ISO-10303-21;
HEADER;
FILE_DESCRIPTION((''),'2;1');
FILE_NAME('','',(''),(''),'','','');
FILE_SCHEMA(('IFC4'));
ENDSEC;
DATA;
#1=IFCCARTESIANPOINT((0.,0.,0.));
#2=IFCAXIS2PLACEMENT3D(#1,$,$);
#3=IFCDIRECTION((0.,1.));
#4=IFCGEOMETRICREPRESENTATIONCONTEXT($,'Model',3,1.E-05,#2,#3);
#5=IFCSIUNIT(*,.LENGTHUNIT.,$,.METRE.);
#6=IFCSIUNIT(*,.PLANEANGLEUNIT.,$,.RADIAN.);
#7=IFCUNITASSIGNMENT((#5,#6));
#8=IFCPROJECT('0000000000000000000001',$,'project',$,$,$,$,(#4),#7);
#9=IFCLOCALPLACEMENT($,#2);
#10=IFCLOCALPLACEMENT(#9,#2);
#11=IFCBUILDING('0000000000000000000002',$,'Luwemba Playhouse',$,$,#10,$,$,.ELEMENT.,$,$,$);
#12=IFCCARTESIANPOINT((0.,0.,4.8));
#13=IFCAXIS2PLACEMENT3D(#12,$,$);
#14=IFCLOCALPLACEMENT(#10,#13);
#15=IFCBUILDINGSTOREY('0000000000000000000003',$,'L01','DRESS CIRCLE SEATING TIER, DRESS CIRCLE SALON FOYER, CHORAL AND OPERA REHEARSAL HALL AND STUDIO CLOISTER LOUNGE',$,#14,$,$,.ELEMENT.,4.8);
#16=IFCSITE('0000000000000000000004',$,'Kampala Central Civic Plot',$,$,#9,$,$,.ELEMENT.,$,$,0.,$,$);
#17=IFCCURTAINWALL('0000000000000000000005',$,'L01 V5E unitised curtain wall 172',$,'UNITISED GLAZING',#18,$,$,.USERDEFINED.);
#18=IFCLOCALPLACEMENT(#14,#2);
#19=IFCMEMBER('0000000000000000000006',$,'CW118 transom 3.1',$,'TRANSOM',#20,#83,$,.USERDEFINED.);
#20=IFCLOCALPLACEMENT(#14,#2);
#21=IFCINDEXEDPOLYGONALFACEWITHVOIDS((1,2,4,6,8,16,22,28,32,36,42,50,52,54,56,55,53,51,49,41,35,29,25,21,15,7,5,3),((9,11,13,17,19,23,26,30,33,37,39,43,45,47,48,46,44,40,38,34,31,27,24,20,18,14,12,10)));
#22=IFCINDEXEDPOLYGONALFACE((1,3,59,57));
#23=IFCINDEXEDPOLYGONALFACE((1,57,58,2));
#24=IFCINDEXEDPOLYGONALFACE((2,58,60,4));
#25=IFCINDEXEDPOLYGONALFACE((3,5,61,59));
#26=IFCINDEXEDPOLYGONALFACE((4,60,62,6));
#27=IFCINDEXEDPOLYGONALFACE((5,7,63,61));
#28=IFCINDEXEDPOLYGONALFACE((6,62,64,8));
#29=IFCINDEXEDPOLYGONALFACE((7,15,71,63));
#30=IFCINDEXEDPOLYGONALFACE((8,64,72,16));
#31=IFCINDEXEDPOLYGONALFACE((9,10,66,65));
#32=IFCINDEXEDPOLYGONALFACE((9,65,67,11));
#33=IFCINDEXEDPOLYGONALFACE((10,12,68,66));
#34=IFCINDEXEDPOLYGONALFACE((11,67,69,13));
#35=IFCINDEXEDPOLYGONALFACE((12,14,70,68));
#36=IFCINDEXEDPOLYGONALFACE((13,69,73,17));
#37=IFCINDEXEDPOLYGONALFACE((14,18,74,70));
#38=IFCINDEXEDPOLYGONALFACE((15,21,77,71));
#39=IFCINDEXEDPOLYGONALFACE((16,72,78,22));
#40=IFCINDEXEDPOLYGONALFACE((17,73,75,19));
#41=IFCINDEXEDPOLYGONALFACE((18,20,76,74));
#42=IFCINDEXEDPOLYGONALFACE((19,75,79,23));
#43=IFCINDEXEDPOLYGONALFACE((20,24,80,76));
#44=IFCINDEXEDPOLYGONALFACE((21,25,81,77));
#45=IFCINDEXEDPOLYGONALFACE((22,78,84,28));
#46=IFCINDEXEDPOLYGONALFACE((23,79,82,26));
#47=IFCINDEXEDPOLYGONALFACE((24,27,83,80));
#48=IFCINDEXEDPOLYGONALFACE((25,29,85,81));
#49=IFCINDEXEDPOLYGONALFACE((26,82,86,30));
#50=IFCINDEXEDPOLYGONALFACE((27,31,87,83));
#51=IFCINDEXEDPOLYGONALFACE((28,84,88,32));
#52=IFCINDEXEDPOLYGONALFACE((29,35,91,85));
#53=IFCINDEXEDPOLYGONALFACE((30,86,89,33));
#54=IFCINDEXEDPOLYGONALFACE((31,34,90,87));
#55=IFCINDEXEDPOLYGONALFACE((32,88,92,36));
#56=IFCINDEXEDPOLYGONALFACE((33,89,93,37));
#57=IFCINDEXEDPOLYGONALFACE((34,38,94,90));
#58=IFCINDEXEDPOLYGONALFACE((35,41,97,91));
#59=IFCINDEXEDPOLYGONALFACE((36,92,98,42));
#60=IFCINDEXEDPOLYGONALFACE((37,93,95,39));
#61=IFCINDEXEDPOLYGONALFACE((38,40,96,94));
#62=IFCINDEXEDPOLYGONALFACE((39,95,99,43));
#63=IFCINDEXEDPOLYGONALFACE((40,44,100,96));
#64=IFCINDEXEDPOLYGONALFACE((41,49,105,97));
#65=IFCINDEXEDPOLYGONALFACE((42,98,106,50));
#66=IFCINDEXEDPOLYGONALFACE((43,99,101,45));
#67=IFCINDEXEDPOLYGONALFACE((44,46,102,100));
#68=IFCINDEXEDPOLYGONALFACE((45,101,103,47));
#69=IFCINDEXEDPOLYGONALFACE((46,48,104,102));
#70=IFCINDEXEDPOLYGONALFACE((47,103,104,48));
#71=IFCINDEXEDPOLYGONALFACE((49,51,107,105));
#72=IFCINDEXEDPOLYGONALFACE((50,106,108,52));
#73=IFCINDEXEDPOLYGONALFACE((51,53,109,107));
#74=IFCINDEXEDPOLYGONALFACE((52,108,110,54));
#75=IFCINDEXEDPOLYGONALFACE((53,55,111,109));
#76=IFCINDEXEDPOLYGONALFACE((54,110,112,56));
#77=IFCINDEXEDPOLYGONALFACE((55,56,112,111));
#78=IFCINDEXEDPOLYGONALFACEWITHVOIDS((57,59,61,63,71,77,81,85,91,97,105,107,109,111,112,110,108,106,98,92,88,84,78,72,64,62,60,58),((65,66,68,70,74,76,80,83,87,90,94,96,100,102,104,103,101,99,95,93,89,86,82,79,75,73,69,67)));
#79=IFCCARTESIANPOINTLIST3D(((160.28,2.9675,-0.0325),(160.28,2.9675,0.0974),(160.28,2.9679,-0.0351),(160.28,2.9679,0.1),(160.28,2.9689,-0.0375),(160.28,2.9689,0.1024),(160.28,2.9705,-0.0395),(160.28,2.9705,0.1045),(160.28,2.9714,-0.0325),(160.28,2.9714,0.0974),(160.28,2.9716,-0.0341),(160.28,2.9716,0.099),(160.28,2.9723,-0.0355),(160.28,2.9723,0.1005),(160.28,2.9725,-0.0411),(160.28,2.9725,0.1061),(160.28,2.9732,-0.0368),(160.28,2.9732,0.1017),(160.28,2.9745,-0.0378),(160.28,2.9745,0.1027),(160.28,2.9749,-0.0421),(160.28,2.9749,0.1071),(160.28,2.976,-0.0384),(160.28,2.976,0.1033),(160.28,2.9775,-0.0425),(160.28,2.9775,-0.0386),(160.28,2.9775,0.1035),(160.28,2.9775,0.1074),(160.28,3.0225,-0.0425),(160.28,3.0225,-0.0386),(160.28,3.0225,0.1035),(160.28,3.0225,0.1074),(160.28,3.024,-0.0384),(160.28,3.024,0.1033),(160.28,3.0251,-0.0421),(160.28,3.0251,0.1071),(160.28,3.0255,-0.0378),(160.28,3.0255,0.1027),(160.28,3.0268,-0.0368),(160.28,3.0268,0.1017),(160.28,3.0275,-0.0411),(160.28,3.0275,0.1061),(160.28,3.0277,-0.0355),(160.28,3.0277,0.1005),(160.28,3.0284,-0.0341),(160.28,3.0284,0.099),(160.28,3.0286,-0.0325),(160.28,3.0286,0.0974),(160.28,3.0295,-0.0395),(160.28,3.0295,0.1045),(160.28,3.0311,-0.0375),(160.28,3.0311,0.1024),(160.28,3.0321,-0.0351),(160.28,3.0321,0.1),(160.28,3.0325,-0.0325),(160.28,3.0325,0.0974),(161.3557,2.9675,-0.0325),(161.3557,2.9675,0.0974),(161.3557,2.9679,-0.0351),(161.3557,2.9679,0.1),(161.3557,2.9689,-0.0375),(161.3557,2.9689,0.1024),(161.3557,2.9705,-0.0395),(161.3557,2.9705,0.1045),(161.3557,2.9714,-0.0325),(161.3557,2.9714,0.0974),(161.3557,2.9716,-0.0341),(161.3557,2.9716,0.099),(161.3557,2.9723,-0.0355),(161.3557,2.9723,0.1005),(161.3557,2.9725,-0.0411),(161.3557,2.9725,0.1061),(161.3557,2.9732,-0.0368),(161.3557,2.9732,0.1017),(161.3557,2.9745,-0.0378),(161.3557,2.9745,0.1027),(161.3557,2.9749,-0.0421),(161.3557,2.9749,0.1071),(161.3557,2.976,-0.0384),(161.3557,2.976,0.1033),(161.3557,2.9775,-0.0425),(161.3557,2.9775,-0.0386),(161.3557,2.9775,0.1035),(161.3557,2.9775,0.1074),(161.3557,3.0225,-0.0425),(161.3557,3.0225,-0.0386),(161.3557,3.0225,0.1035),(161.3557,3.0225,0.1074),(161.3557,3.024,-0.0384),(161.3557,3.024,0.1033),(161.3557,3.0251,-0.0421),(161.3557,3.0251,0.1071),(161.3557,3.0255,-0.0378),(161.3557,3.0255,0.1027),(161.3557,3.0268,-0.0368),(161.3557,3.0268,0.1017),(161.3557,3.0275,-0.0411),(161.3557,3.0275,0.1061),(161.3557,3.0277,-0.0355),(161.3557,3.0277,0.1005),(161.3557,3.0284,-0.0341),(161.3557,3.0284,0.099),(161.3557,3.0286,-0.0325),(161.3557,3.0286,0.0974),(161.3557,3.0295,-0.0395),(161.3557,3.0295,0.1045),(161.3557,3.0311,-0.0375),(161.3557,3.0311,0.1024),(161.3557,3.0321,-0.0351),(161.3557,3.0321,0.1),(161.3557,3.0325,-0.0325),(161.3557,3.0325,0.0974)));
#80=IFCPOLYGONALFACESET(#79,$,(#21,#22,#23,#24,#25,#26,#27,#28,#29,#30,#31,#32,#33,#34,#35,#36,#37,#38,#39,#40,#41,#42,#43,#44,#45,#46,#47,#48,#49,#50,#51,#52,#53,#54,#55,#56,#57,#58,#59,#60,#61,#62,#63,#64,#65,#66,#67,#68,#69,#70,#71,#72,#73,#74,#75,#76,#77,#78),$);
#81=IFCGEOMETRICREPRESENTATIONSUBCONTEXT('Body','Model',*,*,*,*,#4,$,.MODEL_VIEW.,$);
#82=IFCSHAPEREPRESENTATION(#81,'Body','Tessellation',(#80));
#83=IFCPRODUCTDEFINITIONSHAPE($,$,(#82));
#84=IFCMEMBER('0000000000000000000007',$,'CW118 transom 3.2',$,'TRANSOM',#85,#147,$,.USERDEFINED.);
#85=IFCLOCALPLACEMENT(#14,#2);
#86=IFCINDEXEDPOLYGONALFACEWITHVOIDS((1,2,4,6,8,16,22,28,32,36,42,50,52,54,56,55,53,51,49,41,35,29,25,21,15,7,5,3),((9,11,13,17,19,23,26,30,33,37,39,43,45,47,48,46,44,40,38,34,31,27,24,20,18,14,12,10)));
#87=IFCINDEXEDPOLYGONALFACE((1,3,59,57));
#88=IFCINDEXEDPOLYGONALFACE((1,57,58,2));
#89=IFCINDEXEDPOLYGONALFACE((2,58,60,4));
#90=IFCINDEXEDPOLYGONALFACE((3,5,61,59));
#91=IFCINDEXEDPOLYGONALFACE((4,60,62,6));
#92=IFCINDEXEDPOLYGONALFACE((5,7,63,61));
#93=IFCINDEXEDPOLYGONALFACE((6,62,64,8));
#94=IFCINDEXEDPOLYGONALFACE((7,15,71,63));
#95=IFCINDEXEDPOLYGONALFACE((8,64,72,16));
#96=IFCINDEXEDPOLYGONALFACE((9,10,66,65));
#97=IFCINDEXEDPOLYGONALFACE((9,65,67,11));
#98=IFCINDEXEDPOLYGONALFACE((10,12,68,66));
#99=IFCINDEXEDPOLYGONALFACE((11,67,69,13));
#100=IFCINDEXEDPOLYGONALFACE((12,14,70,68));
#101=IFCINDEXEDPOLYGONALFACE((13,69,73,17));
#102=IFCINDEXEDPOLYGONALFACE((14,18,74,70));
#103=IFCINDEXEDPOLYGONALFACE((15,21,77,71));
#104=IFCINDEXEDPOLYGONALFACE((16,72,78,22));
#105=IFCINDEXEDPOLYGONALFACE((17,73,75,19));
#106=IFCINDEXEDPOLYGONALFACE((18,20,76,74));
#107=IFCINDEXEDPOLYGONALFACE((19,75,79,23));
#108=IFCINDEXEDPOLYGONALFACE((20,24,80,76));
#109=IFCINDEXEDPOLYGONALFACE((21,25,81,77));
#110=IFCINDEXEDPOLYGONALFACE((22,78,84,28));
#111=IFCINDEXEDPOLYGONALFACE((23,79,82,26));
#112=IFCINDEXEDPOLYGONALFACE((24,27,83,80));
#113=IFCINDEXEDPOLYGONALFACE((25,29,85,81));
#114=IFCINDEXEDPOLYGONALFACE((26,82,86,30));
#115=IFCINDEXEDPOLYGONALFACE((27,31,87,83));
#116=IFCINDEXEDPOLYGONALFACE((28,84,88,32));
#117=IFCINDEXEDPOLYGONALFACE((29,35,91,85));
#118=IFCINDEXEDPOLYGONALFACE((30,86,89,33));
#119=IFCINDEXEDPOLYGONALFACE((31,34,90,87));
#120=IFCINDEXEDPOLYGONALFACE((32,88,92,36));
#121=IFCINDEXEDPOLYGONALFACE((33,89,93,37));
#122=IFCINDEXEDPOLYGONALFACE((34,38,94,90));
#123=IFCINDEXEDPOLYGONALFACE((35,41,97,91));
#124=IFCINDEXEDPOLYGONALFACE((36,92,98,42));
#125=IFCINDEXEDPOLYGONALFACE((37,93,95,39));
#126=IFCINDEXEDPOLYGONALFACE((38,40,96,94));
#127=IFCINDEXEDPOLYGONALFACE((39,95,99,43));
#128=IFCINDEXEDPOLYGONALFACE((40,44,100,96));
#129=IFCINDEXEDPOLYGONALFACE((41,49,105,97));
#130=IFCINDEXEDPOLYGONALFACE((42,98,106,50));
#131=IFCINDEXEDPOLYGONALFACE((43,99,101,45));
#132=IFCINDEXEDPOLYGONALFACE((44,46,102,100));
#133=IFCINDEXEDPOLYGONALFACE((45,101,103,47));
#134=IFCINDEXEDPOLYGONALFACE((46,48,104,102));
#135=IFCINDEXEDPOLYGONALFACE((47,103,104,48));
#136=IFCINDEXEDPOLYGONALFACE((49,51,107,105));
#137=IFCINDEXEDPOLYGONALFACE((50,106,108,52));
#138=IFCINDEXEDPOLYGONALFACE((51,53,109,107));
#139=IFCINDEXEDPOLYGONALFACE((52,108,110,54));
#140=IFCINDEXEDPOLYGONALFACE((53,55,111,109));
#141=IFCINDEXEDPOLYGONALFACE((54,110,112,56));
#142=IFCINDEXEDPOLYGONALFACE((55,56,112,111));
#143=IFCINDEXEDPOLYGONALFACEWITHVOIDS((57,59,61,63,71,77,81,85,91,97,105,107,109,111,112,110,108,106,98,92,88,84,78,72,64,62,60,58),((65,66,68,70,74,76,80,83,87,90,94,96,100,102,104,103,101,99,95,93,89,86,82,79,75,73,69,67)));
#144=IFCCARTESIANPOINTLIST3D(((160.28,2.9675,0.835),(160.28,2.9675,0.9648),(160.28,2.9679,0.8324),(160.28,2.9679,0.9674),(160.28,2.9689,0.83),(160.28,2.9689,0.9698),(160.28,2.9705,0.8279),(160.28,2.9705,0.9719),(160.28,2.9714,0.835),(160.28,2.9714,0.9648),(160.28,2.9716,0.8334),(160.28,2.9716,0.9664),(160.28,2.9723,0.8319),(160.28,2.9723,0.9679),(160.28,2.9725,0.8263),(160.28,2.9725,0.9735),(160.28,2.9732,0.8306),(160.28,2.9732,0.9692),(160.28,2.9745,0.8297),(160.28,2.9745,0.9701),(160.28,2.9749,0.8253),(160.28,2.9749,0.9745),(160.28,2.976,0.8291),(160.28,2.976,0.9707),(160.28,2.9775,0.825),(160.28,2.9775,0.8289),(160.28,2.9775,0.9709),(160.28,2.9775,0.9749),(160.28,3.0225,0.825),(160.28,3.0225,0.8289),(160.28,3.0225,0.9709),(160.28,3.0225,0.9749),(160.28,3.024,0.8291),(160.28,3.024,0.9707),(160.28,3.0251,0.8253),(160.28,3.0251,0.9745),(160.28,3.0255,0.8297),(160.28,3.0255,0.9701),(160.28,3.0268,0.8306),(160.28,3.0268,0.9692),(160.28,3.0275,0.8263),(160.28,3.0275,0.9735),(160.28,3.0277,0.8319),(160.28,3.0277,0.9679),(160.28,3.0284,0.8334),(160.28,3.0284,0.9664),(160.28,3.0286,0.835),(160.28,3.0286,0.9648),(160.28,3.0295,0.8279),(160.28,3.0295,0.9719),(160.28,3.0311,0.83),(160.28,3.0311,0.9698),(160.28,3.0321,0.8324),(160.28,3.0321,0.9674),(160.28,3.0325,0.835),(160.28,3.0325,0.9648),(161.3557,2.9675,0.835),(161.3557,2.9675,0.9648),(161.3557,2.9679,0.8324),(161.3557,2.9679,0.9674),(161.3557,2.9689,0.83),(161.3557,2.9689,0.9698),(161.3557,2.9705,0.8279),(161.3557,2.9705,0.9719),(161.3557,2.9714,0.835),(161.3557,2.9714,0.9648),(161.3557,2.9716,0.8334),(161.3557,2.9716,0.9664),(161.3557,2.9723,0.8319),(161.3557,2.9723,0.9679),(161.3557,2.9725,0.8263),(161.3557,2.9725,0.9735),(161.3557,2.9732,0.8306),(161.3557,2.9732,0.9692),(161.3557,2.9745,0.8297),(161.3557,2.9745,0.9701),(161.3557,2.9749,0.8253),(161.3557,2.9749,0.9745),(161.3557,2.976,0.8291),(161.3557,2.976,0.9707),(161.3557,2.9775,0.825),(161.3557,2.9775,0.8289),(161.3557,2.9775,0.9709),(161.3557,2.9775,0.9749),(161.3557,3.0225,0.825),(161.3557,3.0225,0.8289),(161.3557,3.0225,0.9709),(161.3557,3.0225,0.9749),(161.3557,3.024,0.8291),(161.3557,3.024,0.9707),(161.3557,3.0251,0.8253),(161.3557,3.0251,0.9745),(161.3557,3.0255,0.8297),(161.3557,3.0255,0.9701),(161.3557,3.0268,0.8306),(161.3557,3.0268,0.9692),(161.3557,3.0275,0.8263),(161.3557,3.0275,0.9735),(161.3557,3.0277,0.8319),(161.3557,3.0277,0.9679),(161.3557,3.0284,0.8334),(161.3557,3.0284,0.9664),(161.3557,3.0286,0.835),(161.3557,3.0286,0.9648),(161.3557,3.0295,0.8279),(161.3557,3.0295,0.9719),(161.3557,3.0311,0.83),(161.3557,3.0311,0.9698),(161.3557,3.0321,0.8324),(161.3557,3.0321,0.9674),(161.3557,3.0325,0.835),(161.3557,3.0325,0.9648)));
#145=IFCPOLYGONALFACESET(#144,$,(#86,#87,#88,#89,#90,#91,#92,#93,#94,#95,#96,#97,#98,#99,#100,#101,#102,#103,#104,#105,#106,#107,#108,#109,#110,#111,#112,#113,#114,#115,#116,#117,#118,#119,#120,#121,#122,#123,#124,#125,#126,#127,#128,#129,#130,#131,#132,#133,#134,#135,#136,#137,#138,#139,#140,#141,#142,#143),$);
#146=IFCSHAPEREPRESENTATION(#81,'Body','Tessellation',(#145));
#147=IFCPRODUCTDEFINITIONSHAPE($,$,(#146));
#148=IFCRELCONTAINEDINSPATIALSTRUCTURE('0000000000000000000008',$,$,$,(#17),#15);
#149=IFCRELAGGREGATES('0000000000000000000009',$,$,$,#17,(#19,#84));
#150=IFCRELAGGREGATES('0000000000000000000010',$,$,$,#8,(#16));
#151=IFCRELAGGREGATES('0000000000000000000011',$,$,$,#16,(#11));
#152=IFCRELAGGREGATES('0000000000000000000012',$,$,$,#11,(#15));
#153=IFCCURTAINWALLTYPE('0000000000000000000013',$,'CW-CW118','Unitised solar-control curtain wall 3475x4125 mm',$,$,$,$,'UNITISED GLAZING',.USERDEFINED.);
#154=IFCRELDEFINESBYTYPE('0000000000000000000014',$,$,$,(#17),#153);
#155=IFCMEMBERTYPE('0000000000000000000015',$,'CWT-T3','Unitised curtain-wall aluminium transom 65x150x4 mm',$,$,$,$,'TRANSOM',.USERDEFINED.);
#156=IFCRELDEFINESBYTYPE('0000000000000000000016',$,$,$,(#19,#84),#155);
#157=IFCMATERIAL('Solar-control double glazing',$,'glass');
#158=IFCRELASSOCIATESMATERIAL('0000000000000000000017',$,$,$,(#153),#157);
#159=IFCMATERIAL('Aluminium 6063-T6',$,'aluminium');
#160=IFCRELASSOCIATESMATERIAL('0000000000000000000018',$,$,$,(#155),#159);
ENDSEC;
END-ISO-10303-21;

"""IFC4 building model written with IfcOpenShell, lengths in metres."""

from ifc_helpers import new_model, si_unit, direction, frame, origin, origin_2d, place, context, subcontext, project, spatial, hollow_rectangle, extrude, material, material_profile, profile_set, type_object, element, aggregate, save


model = new_model("IFC4")

# Units and contexts
model_context = context("Model", 3, precision=1e-05, world=origin(), true_north=direction((0.0, 1.0)))
body_context = subcontext(model_context, "Body", "Model", "MODEL_VIEW")
ifc_project = project(units=[si_unit("LENGTHUNIT", "METRE"), si_unit("PLANEANGLEUNIT", "RADIAN")], contexts=[model_context])

# Site, building, storey
site_placement = place(None, origin())
site = spatial("IfcSite", under=ifc_project, at=site_placement, Name="Kampala Central Civic Plot", CompositionType="ELEMENT", RefElevation=0.0)
building_placement = place(site_placement, origin())
building = spatial("IfcBuilding", under=site, at=building_placement, Name="Luwemba Playhouse", CompositionType="ELEMENT")
storey_placement = place(building_placement, frame((0.0, 0.0, 4.8)))
storey = spatial("IfcBuildingStorey", under=building, at=storey_placement, Name="L01", Description="DRESS CIRCLE SEATING TIER, DRESS CIRCLE SALON FOYER, CHORAL AND OPERA REHEARSAL HALL AND STUDIO CLOISTER LOUNGE", CompositionType="ELEMENT", Elevation=4.8)

# Shared definitions
ifc_material_1 = material(Name="Solar-control double glazing", Category="glass")
ifc_material_2 = material(Name="Aluminium 6063-T6", Category="aluminium")

# Curtain wall
curtain_wall_type_1 = type_object("IfcCurtainWallType", Name="CW-CW118", Description="Unitised solar-control curtain wall 3475x4125 mm", ElementType="UNITISED GLAZING", PredefinedType="USERDEFINED", material=ifc_material_1)
curtain_wall_1_placement = place(storey_placement, origin())
curtain_wall_1 = element("IfcCurtainWall", 1, at=curtain_wall_1_placement, inside=storey, type_object=curtain_wall_type_1, Name="L01 V5E unitised curtain wall 172", ObjectType="UNITISED GLAZING", PredefinedType="USERDEFINED")

# Members
ifc_material_profile_1 = material_profile(ifc_material_2, hollow_rectangle(XDim=0.0649, YDim=0.1499, WallThickness=0.0039, InnerFilletRadius=0.0061, OuterFilletRadius=0.01, at=origin_2d()))
ifc_profile_set_1 = profile_set([ifc_material_profile_1], Name="Aluminium 6063-T6")
member_type_1 = type_object("IfcMemberType", Name="CWT-T3", Description="Unitised curtain-wall aluminium transom 65x150x4 mm", ElementType="TRANSOM", PredefinedType="USERDEFINED", material=ifc_profile_set_1)
member_1_placement = place(storey_placement, frame((161.3557, 3.0, 0.0325), z_axis=(-1.0, 0.0, 0.0), x_axis=(0.0, -1.0, 0.0)))
member_1 = element("IfcMember", 2, at=member_1_placement, type_object=member_type_1, Name="CW118 transom 3.1", ObjectType="TRANSOM", PredefinedType="USERDEFINED", context=body_context, shape_type="SweptSolid", body=[
    extrude(hollow_rectangle(XDim=0.0649, YDim=0.1499, WallThickness=0.0039, InnerFilletRadius=0.0061, OuterFilletRadius=0.01, at=origin_2d()), origin(), (0.0, 0.0, 1.0), 1.0757),
])
member_2_placement = place(storey_placement, frame((161.3557, 3.0, 0.8999), z_axis=(-1.0, 0.0, 0.0), x_axis=(0.0, -1.0, 0.0)))
member_2 = element("IfcMember", 3, at=member_2_placement, type_object=member_type_1, Name="CW118 transom 3.2", ObjectType="TRANSOM", PredefinedType="USERDEFINED", context=body_context, shape_type="SweptSolid", body=[
    extrude(hollow_rectangle(XDim=0.0649, YDim=0.1499, WallThickness=0.0039, InnerFilletRadius=0.0061, OuterFilletRadius=0.01, at=origin_2d()), origin(), (0.0, 0.0, 1.0), 1.0757),
])

aggregate(curtain_wall_1, [member_1, member_2])

save(model, "model.ifc")
